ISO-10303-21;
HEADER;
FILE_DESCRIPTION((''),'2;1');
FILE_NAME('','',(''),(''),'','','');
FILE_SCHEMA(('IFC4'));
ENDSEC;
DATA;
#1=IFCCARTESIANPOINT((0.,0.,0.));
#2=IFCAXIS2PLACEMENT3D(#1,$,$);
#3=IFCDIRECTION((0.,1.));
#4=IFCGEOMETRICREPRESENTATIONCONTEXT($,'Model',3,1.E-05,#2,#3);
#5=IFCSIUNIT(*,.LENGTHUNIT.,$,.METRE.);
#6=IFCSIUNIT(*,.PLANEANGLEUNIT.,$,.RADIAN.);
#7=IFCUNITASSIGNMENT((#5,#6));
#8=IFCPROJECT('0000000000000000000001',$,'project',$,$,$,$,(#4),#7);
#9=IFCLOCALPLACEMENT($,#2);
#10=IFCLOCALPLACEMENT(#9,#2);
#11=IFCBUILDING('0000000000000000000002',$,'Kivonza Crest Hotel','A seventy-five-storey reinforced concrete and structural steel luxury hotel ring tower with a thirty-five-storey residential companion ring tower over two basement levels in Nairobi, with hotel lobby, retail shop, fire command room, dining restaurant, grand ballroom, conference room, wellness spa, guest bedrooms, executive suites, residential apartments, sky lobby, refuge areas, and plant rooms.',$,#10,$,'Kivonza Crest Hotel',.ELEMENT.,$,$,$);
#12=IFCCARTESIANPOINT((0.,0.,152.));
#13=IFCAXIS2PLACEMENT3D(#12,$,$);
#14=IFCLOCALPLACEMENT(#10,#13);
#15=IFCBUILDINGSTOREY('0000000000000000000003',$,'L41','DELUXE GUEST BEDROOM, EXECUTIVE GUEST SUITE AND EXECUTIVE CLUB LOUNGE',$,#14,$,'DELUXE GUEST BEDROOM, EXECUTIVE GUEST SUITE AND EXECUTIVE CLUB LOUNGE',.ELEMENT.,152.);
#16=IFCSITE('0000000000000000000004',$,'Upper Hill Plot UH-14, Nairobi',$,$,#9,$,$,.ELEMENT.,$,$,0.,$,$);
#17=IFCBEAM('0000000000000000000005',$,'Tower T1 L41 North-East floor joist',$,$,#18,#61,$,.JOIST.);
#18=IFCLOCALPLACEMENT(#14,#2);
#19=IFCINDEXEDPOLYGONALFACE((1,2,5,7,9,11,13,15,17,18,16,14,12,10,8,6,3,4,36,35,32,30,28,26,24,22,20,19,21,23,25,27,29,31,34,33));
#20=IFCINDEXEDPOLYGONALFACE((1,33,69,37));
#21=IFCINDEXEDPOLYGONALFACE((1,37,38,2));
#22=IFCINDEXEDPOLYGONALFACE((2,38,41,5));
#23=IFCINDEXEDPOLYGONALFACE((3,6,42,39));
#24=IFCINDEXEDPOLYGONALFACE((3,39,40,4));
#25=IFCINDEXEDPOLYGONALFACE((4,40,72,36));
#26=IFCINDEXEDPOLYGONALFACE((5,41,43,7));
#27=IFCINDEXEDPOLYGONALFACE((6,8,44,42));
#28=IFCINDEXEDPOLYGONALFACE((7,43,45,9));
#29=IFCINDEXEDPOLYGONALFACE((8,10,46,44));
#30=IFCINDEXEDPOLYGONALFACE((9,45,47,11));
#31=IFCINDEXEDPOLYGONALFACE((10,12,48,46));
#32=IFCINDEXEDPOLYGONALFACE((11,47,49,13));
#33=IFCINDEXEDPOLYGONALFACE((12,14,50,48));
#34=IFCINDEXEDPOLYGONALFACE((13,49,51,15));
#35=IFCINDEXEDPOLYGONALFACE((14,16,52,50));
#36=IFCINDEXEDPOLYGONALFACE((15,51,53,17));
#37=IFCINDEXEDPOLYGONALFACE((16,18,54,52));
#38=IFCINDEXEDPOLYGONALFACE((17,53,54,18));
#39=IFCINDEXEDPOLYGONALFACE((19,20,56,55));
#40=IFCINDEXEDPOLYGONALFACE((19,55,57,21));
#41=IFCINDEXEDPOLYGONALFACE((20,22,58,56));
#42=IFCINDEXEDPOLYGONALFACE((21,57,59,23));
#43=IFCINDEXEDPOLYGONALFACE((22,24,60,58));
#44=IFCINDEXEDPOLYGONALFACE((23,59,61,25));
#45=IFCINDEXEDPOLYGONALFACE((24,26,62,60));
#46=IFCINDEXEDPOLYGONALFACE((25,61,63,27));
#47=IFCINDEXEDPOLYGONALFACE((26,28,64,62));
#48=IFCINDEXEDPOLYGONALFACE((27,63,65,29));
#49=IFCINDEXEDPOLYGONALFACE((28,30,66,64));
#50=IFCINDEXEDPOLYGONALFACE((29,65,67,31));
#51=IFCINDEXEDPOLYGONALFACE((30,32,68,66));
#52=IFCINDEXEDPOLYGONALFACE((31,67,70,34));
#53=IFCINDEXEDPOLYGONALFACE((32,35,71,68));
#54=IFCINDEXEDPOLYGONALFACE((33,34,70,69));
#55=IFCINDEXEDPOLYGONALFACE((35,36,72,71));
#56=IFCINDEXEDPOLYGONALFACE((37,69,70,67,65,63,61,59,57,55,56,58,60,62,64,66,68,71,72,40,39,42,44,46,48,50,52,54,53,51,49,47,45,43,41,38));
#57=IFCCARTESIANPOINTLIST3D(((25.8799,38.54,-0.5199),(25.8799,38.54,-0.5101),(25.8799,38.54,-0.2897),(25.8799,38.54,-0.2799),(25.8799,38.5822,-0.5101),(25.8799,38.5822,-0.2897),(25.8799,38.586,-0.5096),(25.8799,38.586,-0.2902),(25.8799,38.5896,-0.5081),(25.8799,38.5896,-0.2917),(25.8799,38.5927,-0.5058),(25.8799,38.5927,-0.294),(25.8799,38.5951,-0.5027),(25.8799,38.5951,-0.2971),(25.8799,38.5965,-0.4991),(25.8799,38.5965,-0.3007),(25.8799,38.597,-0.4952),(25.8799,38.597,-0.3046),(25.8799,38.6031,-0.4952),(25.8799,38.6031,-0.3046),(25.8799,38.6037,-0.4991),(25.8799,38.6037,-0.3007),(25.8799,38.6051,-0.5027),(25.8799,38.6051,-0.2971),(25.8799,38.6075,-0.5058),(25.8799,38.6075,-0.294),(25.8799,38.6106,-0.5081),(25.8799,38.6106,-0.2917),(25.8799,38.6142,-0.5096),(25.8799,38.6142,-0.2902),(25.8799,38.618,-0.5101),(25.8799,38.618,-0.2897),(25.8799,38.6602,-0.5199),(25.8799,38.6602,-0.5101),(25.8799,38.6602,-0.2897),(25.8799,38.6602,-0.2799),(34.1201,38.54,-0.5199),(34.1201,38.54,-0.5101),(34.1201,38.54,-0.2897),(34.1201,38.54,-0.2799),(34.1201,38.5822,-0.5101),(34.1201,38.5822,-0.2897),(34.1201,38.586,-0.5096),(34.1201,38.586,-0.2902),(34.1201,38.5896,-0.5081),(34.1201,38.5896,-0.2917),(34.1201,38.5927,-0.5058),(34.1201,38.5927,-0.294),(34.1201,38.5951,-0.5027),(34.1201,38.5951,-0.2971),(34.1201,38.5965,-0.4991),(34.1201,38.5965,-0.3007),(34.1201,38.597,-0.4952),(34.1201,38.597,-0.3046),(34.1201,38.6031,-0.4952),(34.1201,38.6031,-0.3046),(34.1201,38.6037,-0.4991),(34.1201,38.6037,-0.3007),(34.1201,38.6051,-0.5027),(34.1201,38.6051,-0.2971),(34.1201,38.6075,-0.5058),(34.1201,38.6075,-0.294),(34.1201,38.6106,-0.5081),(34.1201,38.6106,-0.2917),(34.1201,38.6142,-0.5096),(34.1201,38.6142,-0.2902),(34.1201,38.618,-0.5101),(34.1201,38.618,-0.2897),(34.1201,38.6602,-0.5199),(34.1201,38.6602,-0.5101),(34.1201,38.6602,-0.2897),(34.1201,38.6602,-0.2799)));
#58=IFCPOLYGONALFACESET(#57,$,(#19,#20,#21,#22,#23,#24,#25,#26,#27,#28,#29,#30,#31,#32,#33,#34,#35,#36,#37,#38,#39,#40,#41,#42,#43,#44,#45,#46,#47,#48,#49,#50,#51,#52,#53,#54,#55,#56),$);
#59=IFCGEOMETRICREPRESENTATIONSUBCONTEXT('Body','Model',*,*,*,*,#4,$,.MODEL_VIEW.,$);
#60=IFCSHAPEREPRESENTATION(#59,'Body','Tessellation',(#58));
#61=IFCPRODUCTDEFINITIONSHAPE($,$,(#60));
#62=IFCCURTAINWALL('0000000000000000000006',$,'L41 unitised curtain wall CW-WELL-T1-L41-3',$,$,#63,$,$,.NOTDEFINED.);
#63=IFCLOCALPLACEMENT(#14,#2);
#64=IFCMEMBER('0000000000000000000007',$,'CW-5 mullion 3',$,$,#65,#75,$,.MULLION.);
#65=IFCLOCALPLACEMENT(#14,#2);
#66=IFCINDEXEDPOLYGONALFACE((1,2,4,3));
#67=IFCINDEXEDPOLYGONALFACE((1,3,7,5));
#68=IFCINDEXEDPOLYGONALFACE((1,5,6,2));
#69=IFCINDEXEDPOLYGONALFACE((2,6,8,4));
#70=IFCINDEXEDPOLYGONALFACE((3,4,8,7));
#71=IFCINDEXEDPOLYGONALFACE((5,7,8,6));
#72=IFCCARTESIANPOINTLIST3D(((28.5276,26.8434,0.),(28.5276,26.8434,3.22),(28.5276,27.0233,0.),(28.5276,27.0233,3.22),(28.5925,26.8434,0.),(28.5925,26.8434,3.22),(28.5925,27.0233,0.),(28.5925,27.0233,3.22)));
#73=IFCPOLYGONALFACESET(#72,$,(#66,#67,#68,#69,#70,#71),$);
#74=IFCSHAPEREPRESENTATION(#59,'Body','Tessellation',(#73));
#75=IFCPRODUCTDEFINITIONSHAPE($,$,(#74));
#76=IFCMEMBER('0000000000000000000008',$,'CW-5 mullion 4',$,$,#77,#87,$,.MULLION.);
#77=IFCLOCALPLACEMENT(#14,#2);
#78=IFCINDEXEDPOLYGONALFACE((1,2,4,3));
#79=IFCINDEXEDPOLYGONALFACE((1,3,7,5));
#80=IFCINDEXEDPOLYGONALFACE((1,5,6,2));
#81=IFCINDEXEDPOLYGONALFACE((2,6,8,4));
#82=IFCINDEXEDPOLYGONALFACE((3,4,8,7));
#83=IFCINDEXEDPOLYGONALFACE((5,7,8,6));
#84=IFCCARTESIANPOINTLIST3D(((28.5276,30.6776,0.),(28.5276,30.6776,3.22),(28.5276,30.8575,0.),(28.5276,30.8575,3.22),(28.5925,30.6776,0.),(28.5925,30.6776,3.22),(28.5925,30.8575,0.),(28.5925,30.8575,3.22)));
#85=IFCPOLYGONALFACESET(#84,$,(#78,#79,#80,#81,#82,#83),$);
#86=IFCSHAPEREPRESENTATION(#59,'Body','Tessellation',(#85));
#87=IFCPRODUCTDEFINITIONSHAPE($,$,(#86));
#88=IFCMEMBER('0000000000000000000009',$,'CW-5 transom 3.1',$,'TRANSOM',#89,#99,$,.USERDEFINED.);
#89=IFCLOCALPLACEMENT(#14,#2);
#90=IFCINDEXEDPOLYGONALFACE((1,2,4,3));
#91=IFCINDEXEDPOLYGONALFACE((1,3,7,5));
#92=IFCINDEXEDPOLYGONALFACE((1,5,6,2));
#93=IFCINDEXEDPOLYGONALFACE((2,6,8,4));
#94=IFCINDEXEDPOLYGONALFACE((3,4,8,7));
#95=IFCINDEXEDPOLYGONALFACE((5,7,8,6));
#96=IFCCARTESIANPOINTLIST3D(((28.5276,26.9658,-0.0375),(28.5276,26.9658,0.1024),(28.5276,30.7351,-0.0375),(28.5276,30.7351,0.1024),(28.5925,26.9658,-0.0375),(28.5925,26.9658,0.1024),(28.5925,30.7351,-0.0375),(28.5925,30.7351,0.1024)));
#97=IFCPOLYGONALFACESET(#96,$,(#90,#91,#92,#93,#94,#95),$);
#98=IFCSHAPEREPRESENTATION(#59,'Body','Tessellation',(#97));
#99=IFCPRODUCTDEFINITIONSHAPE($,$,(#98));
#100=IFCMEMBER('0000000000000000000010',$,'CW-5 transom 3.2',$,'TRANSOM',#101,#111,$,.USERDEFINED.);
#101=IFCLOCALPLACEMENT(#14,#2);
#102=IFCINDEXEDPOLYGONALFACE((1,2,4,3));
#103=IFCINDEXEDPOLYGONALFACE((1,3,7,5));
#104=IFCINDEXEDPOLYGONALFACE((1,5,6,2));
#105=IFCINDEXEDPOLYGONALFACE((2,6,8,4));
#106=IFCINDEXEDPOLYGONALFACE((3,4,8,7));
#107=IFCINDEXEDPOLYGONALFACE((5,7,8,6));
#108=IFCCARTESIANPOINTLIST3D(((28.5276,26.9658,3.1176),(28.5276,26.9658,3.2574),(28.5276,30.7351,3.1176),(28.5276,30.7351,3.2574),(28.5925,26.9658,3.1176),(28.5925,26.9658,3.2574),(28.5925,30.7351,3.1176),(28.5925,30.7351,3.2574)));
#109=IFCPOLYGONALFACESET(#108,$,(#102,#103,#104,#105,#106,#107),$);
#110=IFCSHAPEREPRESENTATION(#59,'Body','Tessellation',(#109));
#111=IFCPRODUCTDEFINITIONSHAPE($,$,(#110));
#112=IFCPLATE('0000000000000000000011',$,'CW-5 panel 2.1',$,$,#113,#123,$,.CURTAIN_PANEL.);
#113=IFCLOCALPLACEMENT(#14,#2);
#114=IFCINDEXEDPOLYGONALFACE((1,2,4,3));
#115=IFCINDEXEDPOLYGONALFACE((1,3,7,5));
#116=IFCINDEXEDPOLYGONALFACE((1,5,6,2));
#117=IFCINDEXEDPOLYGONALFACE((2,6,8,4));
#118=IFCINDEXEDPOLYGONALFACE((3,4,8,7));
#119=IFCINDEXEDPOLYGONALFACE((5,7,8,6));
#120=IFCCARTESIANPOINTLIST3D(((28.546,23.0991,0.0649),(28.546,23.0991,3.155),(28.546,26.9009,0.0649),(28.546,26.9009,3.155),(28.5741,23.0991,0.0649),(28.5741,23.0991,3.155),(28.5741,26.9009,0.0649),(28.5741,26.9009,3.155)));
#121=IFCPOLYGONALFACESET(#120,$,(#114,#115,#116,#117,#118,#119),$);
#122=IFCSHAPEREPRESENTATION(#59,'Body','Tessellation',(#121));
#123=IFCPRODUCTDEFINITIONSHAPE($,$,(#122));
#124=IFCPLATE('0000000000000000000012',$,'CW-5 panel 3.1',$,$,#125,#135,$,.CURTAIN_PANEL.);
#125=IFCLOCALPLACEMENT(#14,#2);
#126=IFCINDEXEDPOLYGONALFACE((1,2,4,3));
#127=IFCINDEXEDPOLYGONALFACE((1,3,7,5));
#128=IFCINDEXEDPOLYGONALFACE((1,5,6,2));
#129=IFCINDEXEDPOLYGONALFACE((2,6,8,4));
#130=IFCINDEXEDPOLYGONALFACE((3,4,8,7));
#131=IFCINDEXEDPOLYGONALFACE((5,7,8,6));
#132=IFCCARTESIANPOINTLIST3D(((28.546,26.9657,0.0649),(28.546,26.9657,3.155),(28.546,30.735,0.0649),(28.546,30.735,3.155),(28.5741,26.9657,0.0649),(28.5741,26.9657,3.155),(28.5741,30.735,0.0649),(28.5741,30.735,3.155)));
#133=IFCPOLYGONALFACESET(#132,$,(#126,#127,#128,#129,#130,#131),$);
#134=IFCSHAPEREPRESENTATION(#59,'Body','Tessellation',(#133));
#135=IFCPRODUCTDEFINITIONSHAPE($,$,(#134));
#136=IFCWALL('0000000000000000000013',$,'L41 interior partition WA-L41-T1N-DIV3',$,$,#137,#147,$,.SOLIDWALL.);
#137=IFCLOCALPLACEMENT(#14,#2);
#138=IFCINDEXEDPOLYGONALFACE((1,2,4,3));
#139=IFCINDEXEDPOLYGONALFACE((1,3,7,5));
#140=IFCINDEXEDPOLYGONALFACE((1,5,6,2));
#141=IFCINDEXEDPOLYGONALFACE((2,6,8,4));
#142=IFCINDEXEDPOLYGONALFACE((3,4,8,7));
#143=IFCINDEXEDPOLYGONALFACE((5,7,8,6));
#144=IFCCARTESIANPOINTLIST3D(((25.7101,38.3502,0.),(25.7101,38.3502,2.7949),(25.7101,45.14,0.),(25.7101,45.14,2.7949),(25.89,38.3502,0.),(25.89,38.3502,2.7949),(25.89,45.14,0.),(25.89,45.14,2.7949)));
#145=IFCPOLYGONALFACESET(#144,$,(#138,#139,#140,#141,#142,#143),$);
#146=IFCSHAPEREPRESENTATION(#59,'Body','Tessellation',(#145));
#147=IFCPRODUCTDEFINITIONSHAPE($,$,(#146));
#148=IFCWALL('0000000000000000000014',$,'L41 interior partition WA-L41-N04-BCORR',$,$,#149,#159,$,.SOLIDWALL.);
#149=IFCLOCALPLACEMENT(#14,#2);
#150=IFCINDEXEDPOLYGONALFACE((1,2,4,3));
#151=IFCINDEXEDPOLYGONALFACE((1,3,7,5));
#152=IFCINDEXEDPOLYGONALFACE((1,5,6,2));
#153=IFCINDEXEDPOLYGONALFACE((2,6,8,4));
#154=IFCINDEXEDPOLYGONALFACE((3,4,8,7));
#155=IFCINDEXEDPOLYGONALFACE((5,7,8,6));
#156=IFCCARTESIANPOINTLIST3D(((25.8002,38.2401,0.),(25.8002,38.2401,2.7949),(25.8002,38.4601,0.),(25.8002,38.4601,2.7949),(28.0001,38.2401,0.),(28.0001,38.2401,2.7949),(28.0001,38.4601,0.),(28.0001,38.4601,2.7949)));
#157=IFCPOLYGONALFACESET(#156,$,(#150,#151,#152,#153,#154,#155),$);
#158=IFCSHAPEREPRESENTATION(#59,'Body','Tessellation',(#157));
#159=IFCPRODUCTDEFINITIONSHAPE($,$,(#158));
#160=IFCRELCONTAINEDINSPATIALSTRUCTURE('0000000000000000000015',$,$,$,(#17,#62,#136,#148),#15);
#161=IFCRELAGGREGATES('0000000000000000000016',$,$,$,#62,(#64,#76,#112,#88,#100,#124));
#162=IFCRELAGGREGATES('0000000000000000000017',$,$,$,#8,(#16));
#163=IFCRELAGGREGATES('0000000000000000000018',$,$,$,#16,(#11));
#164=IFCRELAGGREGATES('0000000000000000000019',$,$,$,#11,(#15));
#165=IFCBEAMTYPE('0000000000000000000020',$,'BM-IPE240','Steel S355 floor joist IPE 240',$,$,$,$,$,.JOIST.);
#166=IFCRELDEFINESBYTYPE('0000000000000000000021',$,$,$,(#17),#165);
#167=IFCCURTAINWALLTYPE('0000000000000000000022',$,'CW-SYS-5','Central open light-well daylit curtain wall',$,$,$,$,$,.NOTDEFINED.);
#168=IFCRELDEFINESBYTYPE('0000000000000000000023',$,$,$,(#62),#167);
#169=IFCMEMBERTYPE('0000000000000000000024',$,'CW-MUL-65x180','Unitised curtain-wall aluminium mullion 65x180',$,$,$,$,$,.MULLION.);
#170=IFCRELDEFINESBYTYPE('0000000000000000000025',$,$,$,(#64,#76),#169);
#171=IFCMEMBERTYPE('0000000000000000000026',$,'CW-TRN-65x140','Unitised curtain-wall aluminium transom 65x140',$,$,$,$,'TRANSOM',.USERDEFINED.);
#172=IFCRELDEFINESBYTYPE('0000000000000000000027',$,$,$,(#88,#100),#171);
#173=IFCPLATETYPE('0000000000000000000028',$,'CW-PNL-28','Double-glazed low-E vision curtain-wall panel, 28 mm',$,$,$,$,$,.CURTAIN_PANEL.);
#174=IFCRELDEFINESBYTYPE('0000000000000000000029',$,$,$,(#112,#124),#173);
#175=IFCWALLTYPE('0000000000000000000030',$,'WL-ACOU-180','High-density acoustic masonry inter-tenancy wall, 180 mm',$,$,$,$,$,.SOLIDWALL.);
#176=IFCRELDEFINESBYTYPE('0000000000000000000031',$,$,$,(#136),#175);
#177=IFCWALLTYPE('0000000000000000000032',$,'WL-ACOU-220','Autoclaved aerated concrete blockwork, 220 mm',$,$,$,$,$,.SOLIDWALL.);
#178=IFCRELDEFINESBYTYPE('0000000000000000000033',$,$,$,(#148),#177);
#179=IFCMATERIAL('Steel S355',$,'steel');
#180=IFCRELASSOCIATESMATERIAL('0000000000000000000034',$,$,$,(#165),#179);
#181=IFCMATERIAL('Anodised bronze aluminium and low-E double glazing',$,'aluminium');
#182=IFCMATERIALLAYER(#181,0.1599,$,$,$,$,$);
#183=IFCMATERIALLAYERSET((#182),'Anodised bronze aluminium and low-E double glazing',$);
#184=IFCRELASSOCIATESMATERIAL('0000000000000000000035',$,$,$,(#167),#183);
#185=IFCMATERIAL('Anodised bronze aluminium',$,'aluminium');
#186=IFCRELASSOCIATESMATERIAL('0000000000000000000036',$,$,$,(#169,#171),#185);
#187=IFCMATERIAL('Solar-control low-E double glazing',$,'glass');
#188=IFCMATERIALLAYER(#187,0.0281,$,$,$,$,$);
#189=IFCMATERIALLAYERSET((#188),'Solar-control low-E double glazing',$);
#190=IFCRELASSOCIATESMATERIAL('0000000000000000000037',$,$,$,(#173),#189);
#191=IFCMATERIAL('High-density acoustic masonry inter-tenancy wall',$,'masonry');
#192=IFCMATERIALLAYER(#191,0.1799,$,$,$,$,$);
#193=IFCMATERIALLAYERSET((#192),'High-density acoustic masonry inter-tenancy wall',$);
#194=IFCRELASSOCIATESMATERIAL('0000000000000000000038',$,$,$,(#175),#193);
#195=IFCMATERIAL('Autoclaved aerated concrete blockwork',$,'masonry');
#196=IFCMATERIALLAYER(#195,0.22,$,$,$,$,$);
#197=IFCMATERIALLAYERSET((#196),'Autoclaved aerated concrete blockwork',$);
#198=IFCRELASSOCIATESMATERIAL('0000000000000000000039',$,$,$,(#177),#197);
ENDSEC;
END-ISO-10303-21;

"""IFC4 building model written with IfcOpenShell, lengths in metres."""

from ifc_helpers import new_model, si_unit, direction, frame, frame_2d, origin, origin_2d, place, context, subcontext, project, spatial, rectangle, i_section, extrude, material, layer, layer_set, material_profile, profile_set, type_object, element, aggregate, save


model = new_model("IFC4")

# Units and contexts
model_context = context("Model", 3, precision=1e-05, world=origin(), true_north=direction((0.0, 1.0)))
body_context = subcontext(model_context, "Body", "Model", "MODEL_VIEW")
ifc_project = project(units=[si_unit("LENGTHUNIT", "METRE"), si_unit("PLANEANGLEUNIT", "RADIAN")], contexts=[model_context])

# Site, building, storey
site_placement = place(None, origin())
site = spatial("IfcSite", under=ifc_project, at=site_placement, Name="Upper Hill Plot UH-14, Nairobi", CompositionType="ELEMENT", RefElevation=0.0)
building_placement = place(site_placement, origin())
building = spatial("IfcBuilding", under=site, at=building_placement, Name="Kivonza Crest Hotel", Description="A seventy-five-storey reinforced concrete and structural steel luxury hotel ring tower with a thirty-five-storey residential companion ring tower over two basement levels in Nairobi, with hotel lobby, retail shop, fire command room, dining restaurant, grand ballroom, conference room, wellness spa, guest bedrooms, executive suites, residential apartments, sky lobby, refuge areas, and plant rooms.", LongName="Kivonza Crest Hotel", CompositionType="ELEMENT")
storey_placement = place(building_placement, frame((0.0, 0.0, 152.0)))
storey = spatial("IfcBuildingStorey", under=building, at=storey_placement, Name="L41", Description="DELUXE GUEST BEDROOM, EXECUTIVE GUEST SUITE AND EXECUTIVE CLUB LOUNGE", LongName="DELUXE GUEST BEDROOM, EXECUTIVE GUEST SUITE AND EXECUTIVE CLUB LOUNGE", CompositionType="ELEMENT", Elevation=152.0)

# Beam
ifc_material_1 = material(Name="Steel S355", Category="steel")
ifc_material_profile_1 = material_profile(ifc_material_1, i_section(OverallWidth=0.1201, OverallDepth=0.24, WebThickness=0.0061, FlangeThickness=0.0098, FilletRadius=0.0149, at=origin_2d()), Name="IPE 240")
ifc_profile_set_1 = profile_set([ifc_material_profile_1], Name="Steel S355")
beam_type = type_object("IfcBeamType", Name="BM-IPE240", Description="Steel S355 floor joist IPE 240", PredefinedType="JOIST", material=ifc_profile_set_1)
beam_placement = place(storey_placement, frame((25.8799, 38.6001, -0.3999), z_axis=(1.0, 0.0, 0.0), x_axis=(0.0, 1.0, 0.0)))
element("IfcBeam", 1, at=beam_placement, inside=storey, type_object=beam_type, Name="Tower T1 L41 North-East floor joist", PredefinedType="JOIST", context=body_context, shape_type="SweptSolid", body=[
    extrude(i_section(OverallWidth=0.1201, OverallDepth=0.24, WebThickness=0.0061, FlangeThickness=0.0098, FilletRadius=0.0149, at=origin_2d()), origin(), (0.0, 0.0, 1.0), 8.2402),
])

# Curtain wall, members, plates
ifc_material_2 = material(Name="Anodised bronze aluminium and low-E double glazing", Category="aluminium")
ifc_layer_1 = layer(ifc_material_2, 0.1599)
ifc_layer_set_1 = layer_set([ifc_layer_1], Name="Anodised bronze aluminium and low-E double glazing")
curtain_wall_type = type_object("IfcCurtainWallType", Name="CW-SYS-5", Description="Central open light-well daylit curtain wall", PredefinedType="NOTDEFINED", material=ifc_layer_set_1)
curtain_wall_placement = place(storey_placement, origin())
curtain_wall = element("IfcCurtainWall", 2, at=curtain_wall_placement, inside=storey, type_object=curtain_wall_type, Name="L41 unitised curtain wall CW-WELL-T1-L41-3", PredefinedType="NOTDEFINED")
ifc_material_3 = material(Name="Anodised bronze aluminium", Category="aluminium")
ifc_material_profile_2 = material_profile(ifc_material_3, rectangle(XDim=0.0649, YDim=0.1799, at=origin_2d()), Name="CW-M 65x180")
ifc_profile_set_2 = profile_set([ifc_material_profile_2], Name="Anodised bronze aluminium")
member_type_1 = type_object("IfcMemberType", Name="CW-MUL-65x180", Description="Unitised curtain-wall aluminium mullion 65x180", PredefinedType="MULLION", material=ifc_profile_set_2)
member_1_placement = place(storey_placement, frame((28.5601, 26.9333, 0.0), z_axis=(0.0, 0.0, 1.0), x_axis=(-1.0, 0.0, 0.0)))
member_1 = element("IfcMember", 3, at=member_1_placement, type_object=member_type_1, Name="CW-5 mullion 3", PredefinedType="MULLION", context=body_context, shape_type="SweptSolid", body=[
    extrude(rectangle(XDim=0.0649, YDim=0.1799, at=origin_2d()), origin(), (0.0, 0.0, 1.0), 3.22),
])
member_2_placement = place(storey_placement, frame((28.5601, 30.7676, 0.0), z_axis=(0.0, 0.0, 1.0), x_axis=(-1.0, 0.0, 0.0)))
member_2 = element("IfcMember", 4, at=member_2_placement, type_object=member_type_1, Name="CW-5 mullion 4", PredefinedType="MULLION", context=body_context, shape_type="SweptSolid", body=[
    extrude(rectangle(XDim=0.0649, YDim=0.1799, at=origin_2d()), origin(), (0.0, 0.0, 1.0), 3.22),
])
ifc_material_profile_3 = material_profile(ifc_material_3, rectangle(XDim=0.0649, YDim=0.1399, at=origin_2d()), Name="CW-T 65x140")
ifc_profile_set_3 = profile_set([ifc_material_profile_3], Name="Anodised bronze aluminium")
member_type_2 = type_object("IfcMemberType", Name="CW-TRN-65x140", Description="Unitised curtain-wall aluminium transom 65x140", ElementType="TRANSOM", PredefinedType="USERDEFINED", material=ifc_profile_set_3)
member_3_placement = place(storey_placement, frame((28.5601, 26.9658, 0.0325), z_axis=(0.0, 1.0, 0.0), x_axis=(-1.0, 0.0, 0.0)))
member_3 = element("IfcMember", 5, at=member_3_placement, type_object=member_type_2, Name="CW-5 transom 3.1", ObjectType="TRANSOM", PredefinedType="USERDEFINED", context=body_context, shape_type="SweptSolid", body=[
    extrude(rectangle(XDim=0.0649, YDim=0.1399, at=origin_2d()), origin(), (0.0, 0.0, 1.0), 3.7693),
])
member_4_placement = place(storey_placement, frame((28.5601, 26.9658, 3.1875), z_axis=(0.0, 1.0, 0.0), x_axis=(-1.0, 0.0, 0.0)))
member_4 = element("IfcMember", 6, at=member_4_placement, type_object=member_type_2, Name="CW-5 transom 3.2", ObjectType="TRANSOM", PredefinedType="USERDEFINED", context=body_context, shape_type="SweptSolid", body=[
    extrude(rectangle(XDim=0.0649, YDim=0.1399, at=origin_2d()), origin(), (0.0, 0.0, 1.0), 3.7693),
])
ifc_material_4 = material(Name="Solar-control low-E double glazing", Category="glass")
ifc_layer_2 = layer(ifc_material_4, 0.0281)
ifc_layer_set_2 = layer_set([ifc_layer_2], Name="Solar-control low-E double glazing")
plate_type = type_object("IfcPlateType", Name="CW-PNL-28", Description="Double-glazed low-E vision curtain-wall panel, 28 mm", PredefinedType="CURTAIN_PANEL", material=ifc_layer_set_2)
plate_1_placement = place(storey_placement, frame((28.5601, 25.0, 0.0649), z_axis=(0.0, 0.0, 1.0), x_axis=(0.0, 1.0, 0.0)))
plate_1 = element("IfcPlate", 7, at=plate_1_placement, type_object=plate_type, Name="CW-5 panel 2.1", PredefinedType="CURTAIN_PANEL", context=body_context, shape_type="SweptSolid", body=[
    extrude(rectangle(XDim=3.8018, YDim=0.0281, at=origin_2d()), origin(), (0.0, 0.0, 1.0), 3.0901),
])
plate_2_placement = place(storey_placement, frame((28.5601, 28.8503, 0.0649), z_axis=(0.0, 0.0, 1.0), x_axis=(0.0, 1.0, 0.0)))
plate_2 = element("IfcPlate", 8, at=plate_2_placement, type_object=plate_type, Name="CW-5 panel 3.1", PredefinedType="CURTAIN_PANEL", context=body_context, shape_type="SweptSolid", body=[
    extrude(rectangle(XDim=3.7693, YDim=0.0281, at=origin_2d()), origin(), (0.0, 0.0, 1.0), 3.0901),
])
aggregate(curtain_wall, [member_1, member_2, plate_1, member_3, member_4, plate_2])

# Walls
ifc_material_5 = material(Name="High-density acoustic masonry inter-tenancy wall", Category="masonry")
ifc_layer_3 = layer(ifc_material_5, 0.1799)
ifc_layer_set_3 = layer_set([ifc_layer_3], Name="High-density acoustic masonry inter-tenancy wall")
wall_type_1 = type_object("IfcWallType", Name="WL-ACOU-180", Description="High-density acoustic masonry inter-tenancy wall, 180 mm", PredefinedType="SOLIDWALL", material=ifc_layer_set_3)
wall_1_placement = place(storey_placement, frame((25.8, 38.3501, 0.0), z_axis=(0.0, 0.0, 1.0), x_axis=(0.0, 1.0, 0.0)))
element("IfcWall", 9, at=wall_1_placement, inside=storey, type_object=wall_type_1, Name="L41 interior partition WA-L41-T1N-DIV3", PredefinedType="SOLIDWALL", context=body_context, shape_type="SweptSolid", body=[
    extrude(rectangle(XDim=6.7898, YDim=0.1799, at=frame_2d((3.395, 0.0))), origin(), (0.0, 0.0, 1.0), 2.7949),
])
ifc_material_6 = material(Name="Autoclaved aerated concrete blockwork", Category="masonry")
ifc_layer_4 = layer(ifc_material_6, 0.22)
ifc_layer_set_4 = layer_set([ifc_layer_4], Name="Autoclaved aerated concrete blockwork")
wall_type_2 = type_object("IfcWallType", Name="WL-ACOU-220", Description="Autoclaved aerated concrete blockwork, 220 mm", PredefinedType="SOLIDWALL", material=ifc_layer_set_4)
wall_2_placement = place(storey_placement, frame((25.8, 38.3501, 0.0), z_axis=(0.0, 0.0, 1.0), x_axis=(1.0, 0.0, 0.0)))
element("IfcWall", 10, at=wall_2_placement, inside=storey, type_object=wall_type_2, Name="L41 interior partition WA-L41-N04-BCORR", PredefinedType="SOLIDWALL", context=body_context, shape_type="SweptSolid", body=[
    extrude(rectangle(XDim=2.2, YDim=0.22, at=frame_2d((1.1001, 0.0))), origin(), (0.0, 0.0, 1.0), 2.7949),
])

save(model, "model.ifc")
